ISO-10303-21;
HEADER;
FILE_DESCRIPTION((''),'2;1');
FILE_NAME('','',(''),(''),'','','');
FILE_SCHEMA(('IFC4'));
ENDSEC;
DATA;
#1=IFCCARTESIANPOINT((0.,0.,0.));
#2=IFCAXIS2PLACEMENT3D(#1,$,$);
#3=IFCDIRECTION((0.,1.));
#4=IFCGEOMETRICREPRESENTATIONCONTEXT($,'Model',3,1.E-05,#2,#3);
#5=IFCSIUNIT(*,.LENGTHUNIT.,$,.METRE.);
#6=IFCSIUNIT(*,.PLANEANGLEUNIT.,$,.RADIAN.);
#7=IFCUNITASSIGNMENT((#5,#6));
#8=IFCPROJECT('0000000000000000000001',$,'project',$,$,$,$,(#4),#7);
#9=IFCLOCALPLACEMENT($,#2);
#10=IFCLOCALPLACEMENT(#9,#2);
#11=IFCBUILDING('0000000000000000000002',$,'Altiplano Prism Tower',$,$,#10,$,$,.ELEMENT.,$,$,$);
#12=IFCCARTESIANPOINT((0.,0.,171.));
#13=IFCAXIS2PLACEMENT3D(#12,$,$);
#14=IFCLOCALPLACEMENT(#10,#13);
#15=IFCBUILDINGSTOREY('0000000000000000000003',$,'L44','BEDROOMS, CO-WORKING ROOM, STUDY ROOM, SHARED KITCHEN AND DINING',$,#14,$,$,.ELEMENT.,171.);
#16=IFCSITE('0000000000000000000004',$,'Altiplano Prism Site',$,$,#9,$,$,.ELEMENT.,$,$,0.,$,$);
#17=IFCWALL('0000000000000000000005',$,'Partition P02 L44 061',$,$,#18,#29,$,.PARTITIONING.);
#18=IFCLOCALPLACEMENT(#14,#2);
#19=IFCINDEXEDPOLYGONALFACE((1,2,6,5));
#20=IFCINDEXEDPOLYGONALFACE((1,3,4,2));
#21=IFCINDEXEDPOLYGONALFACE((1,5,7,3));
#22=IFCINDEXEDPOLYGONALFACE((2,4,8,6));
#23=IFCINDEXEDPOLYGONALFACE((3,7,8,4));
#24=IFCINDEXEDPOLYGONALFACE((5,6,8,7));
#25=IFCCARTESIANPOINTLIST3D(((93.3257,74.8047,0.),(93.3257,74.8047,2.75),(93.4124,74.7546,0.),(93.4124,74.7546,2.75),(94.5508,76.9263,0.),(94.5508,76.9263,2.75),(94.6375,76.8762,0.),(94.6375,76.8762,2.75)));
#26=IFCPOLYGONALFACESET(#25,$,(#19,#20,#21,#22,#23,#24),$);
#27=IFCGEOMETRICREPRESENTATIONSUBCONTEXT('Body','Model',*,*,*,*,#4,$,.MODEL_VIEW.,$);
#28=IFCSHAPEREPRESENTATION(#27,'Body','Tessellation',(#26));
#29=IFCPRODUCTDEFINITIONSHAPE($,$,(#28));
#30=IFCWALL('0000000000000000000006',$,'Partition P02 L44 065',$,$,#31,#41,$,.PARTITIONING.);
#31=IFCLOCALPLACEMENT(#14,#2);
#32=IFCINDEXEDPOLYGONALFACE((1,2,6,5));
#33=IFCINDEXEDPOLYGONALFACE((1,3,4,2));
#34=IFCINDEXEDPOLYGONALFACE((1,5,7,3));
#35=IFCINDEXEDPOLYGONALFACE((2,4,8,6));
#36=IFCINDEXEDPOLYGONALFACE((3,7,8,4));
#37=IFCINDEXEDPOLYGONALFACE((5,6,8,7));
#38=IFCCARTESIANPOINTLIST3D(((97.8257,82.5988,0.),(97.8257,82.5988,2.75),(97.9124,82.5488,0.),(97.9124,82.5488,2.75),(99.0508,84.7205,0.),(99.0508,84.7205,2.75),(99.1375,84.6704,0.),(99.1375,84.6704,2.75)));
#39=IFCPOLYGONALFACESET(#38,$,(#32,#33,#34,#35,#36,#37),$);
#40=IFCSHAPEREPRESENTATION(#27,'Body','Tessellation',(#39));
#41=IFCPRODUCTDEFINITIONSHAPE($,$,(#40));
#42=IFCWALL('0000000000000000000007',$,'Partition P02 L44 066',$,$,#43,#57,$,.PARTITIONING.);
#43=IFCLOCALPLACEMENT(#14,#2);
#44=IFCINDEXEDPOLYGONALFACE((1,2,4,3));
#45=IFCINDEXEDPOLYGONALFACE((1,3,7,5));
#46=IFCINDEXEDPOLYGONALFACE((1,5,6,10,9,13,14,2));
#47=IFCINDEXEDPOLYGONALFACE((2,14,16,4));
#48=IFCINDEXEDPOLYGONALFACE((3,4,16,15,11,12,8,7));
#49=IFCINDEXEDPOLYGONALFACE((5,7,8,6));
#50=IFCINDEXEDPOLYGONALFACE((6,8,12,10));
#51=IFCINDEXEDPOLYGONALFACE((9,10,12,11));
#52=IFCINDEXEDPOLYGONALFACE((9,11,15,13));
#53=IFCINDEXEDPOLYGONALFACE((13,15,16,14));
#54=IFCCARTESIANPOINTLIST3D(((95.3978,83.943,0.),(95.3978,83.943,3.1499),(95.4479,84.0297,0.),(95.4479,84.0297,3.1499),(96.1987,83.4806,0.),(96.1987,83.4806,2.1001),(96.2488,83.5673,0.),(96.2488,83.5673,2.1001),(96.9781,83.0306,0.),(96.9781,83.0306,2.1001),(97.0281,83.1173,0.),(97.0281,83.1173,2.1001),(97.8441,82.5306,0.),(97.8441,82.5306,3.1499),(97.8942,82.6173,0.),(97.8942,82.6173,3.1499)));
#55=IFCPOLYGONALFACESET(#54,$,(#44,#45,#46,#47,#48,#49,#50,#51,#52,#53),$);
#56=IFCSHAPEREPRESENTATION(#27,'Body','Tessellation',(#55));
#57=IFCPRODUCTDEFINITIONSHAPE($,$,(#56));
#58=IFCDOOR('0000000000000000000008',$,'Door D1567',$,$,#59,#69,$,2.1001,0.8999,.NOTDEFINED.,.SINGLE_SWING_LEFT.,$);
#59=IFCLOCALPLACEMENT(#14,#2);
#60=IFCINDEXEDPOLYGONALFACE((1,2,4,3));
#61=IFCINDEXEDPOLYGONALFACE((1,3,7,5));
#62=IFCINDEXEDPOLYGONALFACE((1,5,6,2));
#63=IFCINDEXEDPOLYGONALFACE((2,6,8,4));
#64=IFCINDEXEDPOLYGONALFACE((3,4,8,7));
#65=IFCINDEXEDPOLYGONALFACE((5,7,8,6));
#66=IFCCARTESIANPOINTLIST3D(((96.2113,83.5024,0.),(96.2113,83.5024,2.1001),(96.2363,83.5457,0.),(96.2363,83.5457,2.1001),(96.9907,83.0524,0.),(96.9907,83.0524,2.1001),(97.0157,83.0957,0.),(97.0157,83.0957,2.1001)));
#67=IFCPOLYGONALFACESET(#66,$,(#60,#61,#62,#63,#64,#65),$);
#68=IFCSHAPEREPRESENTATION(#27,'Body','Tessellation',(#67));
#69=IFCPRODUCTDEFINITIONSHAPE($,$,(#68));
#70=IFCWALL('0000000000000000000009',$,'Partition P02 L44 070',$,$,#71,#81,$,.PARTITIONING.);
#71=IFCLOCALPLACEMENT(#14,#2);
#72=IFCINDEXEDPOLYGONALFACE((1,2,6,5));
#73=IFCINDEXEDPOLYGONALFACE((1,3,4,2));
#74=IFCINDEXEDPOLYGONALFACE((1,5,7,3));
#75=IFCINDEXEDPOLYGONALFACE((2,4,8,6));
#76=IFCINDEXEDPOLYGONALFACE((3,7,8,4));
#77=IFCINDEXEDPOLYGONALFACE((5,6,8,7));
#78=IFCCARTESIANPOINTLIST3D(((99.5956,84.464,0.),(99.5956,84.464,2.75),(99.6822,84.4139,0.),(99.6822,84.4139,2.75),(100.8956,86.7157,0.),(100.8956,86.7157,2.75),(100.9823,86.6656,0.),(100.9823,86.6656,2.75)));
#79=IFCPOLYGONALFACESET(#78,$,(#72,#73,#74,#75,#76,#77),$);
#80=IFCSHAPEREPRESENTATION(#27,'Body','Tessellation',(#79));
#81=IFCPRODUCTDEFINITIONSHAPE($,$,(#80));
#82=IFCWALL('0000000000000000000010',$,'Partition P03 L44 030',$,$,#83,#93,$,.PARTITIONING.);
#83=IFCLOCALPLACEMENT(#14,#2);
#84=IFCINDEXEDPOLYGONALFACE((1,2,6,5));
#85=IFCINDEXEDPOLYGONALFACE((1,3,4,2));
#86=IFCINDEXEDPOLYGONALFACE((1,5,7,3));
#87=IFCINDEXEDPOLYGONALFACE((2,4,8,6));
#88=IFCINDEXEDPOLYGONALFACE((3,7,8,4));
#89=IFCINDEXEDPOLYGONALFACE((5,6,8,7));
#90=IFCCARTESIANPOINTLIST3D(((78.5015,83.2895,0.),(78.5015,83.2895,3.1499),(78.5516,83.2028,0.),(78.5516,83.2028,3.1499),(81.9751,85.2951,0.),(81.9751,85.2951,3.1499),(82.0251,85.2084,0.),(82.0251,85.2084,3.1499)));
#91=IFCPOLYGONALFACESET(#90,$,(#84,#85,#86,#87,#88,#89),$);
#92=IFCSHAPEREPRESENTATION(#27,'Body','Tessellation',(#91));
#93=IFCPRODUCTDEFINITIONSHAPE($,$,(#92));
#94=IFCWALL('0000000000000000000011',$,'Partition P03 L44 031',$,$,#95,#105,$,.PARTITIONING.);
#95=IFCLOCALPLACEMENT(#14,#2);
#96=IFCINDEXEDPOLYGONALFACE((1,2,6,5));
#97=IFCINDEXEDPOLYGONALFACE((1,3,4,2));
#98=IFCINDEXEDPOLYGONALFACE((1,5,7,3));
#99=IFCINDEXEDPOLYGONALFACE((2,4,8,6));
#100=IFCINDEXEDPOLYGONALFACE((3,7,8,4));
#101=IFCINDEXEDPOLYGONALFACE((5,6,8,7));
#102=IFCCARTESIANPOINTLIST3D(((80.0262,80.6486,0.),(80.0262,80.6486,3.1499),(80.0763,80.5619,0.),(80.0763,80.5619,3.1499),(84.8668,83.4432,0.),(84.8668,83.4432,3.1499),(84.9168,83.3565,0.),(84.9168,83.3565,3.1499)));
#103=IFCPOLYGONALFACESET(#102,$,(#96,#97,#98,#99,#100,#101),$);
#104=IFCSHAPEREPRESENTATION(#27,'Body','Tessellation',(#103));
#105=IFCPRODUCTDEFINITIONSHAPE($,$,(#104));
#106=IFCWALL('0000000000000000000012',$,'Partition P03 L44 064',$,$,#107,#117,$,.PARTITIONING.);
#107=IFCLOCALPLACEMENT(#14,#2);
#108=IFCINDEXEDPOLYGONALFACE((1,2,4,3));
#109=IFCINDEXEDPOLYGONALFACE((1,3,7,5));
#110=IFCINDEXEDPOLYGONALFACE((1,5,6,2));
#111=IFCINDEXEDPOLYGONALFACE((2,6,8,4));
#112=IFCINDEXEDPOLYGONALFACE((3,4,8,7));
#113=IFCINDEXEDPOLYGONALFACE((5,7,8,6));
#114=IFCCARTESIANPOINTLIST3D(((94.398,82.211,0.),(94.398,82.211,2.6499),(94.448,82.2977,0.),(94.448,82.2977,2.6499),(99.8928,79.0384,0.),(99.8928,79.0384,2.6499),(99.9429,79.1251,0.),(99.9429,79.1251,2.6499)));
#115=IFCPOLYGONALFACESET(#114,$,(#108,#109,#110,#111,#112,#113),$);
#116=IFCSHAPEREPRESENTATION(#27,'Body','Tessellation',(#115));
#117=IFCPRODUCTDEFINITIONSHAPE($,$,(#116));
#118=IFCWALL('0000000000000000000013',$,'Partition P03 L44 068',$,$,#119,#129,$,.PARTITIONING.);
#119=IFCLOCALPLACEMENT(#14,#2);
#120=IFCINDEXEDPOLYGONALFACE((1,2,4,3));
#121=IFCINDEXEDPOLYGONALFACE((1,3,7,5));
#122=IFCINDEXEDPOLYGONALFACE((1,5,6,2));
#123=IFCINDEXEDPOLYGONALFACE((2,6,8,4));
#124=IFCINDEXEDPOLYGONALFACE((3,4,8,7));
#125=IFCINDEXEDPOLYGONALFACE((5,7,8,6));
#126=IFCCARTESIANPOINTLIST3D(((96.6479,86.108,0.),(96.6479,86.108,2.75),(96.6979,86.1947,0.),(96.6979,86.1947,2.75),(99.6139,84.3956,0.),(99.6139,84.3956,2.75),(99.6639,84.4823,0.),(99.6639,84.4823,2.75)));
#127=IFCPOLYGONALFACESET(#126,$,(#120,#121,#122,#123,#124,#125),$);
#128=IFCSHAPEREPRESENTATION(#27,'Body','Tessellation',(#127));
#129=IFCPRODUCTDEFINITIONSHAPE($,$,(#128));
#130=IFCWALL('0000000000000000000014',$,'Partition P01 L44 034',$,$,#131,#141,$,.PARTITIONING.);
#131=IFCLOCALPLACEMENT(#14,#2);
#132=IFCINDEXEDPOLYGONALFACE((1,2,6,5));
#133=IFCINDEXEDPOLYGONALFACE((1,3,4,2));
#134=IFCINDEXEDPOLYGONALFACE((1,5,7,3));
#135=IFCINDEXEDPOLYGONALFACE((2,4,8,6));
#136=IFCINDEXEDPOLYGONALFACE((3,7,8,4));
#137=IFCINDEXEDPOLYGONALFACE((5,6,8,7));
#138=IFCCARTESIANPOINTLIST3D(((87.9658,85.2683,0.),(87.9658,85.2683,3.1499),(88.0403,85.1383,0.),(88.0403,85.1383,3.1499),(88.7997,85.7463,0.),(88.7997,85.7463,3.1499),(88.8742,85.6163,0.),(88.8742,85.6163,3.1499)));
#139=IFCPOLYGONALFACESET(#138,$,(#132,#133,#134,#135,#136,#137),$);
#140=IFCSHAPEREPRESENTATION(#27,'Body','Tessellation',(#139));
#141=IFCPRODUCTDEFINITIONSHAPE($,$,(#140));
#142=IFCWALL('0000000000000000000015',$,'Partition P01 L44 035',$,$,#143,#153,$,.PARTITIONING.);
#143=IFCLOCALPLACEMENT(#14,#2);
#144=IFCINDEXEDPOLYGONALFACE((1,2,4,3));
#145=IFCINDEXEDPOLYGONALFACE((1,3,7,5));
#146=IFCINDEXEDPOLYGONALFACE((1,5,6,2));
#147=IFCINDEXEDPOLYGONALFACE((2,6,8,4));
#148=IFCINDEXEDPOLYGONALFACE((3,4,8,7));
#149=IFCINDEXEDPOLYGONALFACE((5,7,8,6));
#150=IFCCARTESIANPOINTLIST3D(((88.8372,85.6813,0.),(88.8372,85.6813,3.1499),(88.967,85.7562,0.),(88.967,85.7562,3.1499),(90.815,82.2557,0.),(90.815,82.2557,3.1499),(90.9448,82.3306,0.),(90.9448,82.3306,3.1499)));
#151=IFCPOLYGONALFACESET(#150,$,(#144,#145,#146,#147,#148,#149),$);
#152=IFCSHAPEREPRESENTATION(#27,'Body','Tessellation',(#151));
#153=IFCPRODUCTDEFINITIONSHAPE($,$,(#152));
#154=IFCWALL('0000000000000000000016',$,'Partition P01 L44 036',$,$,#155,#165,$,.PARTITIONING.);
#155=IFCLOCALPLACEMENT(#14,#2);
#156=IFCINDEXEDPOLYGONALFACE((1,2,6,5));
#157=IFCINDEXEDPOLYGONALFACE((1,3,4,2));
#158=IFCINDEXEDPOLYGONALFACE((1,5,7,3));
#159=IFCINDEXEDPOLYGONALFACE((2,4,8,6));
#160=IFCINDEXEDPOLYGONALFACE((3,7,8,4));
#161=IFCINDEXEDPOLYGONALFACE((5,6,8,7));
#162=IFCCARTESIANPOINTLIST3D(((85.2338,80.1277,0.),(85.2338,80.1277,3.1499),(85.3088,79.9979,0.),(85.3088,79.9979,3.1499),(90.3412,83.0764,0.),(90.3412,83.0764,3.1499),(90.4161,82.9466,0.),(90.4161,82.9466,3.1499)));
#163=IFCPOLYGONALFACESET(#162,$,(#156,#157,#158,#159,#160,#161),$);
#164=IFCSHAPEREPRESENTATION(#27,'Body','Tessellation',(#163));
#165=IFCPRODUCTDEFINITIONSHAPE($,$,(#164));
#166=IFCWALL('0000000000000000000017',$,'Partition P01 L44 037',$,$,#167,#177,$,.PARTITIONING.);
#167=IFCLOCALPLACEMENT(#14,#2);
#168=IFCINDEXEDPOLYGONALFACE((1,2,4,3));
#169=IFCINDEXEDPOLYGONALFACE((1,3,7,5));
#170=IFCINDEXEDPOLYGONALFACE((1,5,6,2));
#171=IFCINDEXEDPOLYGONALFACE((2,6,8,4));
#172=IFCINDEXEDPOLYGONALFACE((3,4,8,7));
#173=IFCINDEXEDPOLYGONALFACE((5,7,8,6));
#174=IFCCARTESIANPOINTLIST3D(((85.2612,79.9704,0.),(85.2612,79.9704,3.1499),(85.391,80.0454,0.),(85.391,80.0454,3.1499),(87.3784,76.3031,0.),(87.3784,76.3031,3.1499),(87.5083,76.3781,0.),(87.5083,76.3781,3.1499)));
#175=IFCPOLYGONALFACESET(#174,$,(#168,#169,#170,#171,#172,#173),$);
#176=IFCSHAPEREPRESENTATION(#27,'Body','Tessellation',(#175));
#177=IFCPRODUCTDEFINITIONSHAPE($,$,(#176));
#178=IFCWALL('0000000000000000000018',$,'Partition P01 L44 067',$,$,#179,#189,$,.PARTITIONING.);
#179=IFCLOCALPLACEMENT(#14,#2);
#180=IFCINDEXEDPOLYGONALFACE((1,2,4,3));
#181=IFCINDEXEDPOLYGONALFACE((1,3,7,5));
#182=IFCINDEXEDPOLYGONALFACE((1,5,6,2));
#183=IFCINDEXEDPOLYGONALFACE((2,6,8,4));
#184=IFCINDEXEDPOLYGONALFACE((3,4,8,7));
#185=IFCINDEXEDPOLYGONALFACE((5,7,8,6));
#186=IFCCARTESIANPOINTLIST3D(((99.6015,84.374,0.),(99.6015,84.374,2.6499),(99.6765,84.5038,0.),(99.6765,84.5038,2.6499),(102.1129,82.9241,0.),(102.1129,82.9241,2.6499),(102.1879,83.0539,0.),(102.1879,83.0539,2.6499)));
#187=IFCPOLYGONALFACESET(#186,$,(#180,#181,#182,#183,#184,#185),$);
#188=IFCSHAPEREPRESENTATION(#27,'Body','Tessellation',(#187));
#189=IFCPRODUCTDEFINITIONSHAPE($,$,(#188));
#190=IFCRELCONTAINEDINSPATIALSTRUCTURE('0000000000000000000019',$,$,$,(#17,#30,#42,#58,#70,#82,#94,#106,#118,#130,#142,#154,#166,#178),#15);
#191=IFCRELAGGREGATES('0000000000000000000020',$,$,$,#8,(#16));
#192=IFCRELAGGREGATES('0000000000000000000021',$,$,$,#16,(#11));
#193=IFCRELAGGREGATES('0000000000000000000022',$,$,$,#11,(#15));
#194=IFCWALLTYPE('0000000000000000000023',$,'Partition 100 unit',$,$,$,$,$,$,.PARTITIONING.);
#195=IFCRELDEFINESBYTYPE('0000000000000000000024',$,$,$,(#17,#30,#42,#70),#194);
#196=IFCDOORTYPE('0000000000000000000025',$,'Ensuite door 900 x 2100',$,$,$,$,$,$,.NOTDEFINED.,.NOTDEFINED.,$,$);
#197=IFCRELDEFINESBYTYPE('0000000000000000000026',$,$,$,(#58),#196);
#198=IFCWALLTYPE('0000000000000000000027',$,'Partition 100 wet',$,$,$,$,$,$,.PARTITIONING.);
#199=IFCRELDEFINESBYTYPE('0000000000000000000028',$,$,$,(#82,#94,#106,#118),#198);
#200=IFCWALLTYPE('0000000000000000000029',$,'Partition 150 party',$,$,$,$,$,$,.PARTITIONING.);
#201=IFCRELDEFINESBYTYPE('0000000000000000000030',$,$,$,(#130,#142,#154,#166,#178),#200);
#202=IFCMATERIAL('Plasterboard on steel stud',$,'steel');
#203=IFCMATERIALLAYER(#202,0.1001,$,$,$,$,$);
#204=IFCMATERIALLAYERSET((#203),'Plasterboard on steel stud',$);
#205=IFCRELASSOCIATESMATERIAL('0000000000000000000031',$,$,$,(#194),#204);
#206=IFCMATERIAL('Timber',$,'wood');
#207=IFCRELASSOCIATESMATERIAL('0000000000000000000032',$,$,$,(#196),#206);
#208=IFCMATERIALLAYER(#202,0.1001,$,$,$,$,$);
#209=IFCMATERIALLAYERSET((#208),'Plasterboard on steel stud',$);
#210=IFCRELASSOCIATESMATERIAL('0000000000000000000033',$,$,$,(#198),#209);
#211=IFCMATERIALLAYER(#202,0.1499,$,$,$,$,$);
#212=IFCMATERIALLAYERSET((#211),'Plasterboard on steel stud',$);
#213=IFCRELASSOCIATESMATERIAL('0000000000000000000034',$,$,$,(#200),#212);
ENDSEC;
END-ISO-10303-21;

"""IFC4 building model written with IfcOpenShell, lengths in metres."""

from ifc_helpers import new_model, si_unit, direction, frame, frame_2d, origin, place, context, subcontext, project, spatial, rectangle, extrude, material, layer, layer_set, type_object, element, fill, save


model = new_model("IFC4")

# Units and contexts
model_context = context("Model", 3, precision=1e-05, world=origin(), true_north=direction((0.0, 1.0)))
body_context = subcontext(model_context, "Body", "Model", "MODEL_VIEW")
ifc_project = project(units=[si_unit("LENGTHUNIT", "METRE"), si_unit("PLANEANGLEUNIT", "RADIAN")], contexts=[model_context])

# Site, building, storey
site_placement = place(None, origin())
site = spatial("IfcSite", under=ifc_project, at=site_placement, Name="Altiplano Prism Site", CompositionType="ELEMENT", RefElevation=0.0)
building_placement = place(site_placement, origin())
building = spatial("IfcBuilding", under=site, at=building_placement, Name="Altiplano Prism Tower", CompositionType="ELEMENT")
storey_placement = place(building_placement, frame((0.0, 0.0, 171.0)))
storey = spatial("IfcBuildingStorey", under=building, at=storey_placement, Name="L44", Description="BEDROOMS, CO-WORKING ROOM, STUDY ROOM, SHARED KITCHEN AND DINING", CompositionType="ELEMENT", Elevation=171.0)

# Walls
ifc_material_1 = material(Name="Plasterboard on steel stud", Category="steel")
ifc_layer_1 = layer(ifc_material_1, 0.1001)
ifc_layer_set_1 = layer_set([ifc_layer_1], Name="Plasterboard on steel stud")
wall_type_1 = type_object("IfcWallType", Name="Partition 100 unit", PredefinedType="PARTITIONING", material=ifc_layer_set_1)
for number, where, z_axis, x_axis, name in (
    (1, (94.5942, 76.9014, 0.0), (0.0, 0.0, 1.0), (-0.500062, -0.86599, 0.0), "Partition P02 L44 061"),
    (2, (99.0942, 84.6956, 0.0), (0.0, 0.0, 1.0), (-0.500062, -0.86599, 0.0), "Partition P02 L44 065"),
):
    element("IfcWall", number, at=place(storey_placement, frame(where, z_axis=z_axis, x_axis=x_axis)), inside=storey, type_object=wall_type_1, Name=name, PredefinedType="PARTITIONING", context=body_context, shape_type="SweptSolid", body=[
        extrude(rectangle(XDim=2.45, YDim=0.1001, at=frame_2d((1.2251, 0.0))), origin(), (0.0, 0.0, 1.0), 2.75),
    ])

# Wall, opening, door
wall_1_placement = place(storey_placement, frame((97.8691, 82.574, 0.0), z_axis=(0.0, 0.0, 1.0), x_axis=(-0.866027, 0.499997, 0.0)))
wall_1 = element("IfcWall", 3, at=wall_1_placement, inside=storey, type_object=wall_type_1, Name="Partition P02 L44 066", PredefinedType="PARTITIONING", context=body_context, shape_type="SweptSolid", body=[
    extrude(rectangle(XDim=2.8247, YDim=0.1001, at=frame_2d((1.4124, 0.0))), origin(), (0.0, 0.0, 1.0), 3.1499),
])
opening_placement = place(wall_1_placement, frame((1.0, 0.0, 0.0)))
opening = element("IfcOpeningElement", 4, at=opening_placement, cuts=wall_1, PredefinedType="OPENING", context=body_context, shape_type="SweptSolid", body=[
    extrude(rectangle(XDim=0.8999, YDim=2.1001, at=frame_2d((0.45, 1.05))), frame((0.0, 0.0605, 0.0), z_axis=(0.0, -1.0, 0.0), x_axis=(1.0, 0.0, 0.0)), (0.0, 0.0, 1.0), 0.1211),
])
ifc_material_2 = material(Name="Timber", Category="wood")
door_type = type_object("IfcDoorType", Name="Ensuite door 900 x 2100", OperationType="NOTDEFINED", PredefinedType="NOTDEFINED", material=ifc_material_2)
door_placement = place(opening_placement, origin())
door = element("IfcDoor", 5, at=door_placement, inside=storey, type_object=door_type, Name="Door D1567", OperationType="SINGLE_SWING_LEFT", OverallHeight=2.1001, OverallWidth=0.8999, PredefinedType="NOTDEFINED", context=body_context, shape_type="SweptSolid", body=[
    extrude(rectangle(XDim=0.8999, YDim=2.1001, at=frame_2d((0.45, 1.05))), frame((0.0, 0.0249, 0.0), z_axis=(0.0, -1.0, 0.0), x_axis=(1.0, 0.0, 0.0)), (0.0, 0.0, 1.0), 0.05),
])
fill(opening, door)

# Walls
wall_2_placement = place(storey_placement, frame((100.939, 86.6907, 0.0), z_axis=(0.0, 0.0, 1.0), x_axis=(-0.500007, -0.866021, 0.0)))
element("IfcWall", 6, at=wall_2_placement, inside=storey, type_object=wall_type_1, Name="Partition P02 L44 070", PredefinedType="PARTITIONING", context=body_context, shape_type="SweptSolid", body=[
    extrude(rectangle(XDim=2.6001, YDim=0.1001, at=frame_2d((1.3, 0.0))), origin(), (0.0, 0.0, 1.0), 2.75),
])
ifc_layer_2 = layer(ifc_material_1, 0.1001)
ifc_layer_set_2 = layer_set([ifc_layer_2], Name="Plasterboard on steel stud")
wall_type_2 = type_object("IfcWallType", Name="Partition 100 wet", PredefinedType="PARTITIONING", material=ifc_layer_set_2)
wall_3_placement = place(storey_placement, frame((82.0, 85.2517, 0.0), z_axis=(0.0, 0.0, 1.0), x_axis=(-0.866013, -0.500021, 0.0)))
element("IfcWall", 7, at=wall_3_placement, inside=storey, type_object=wall_type_2, Name="Partition P03 L44 030", PredefinedType="PARTITIONING", context=body_context, shape_type="SweptSolid", body=[
    extrude(rectangle(XDim=4.011, YDim=0.1001, at=frame_2d((2.0054, 0.0))), origin(), (0.0, 0.0, 1.0), 3.1499),
])
wall_4_placement = place(storey_placement, frame((80.0513, 80.6052, 0.0), z_axis=(0.0, 0.0, 1.0), x_axis=(0.866028, 0.499996, 0.0)))
element("IfcWall", 8, at=wall_4_placement, inside=storey, type_object=wall_type_2, Name="Partition P03 L44 031", PredefinedType="PARTITIONING", context=body_context, shape_type="SweptSolid", body=[
    extrude(rectangle(XDim=5.5894, YDim=0.1001, at=frame_2d((2.7947, 0.0))), origin(), (0.0, 0.0, 1.0), 3.1499),
])
wall_5_placement = place(storey_placement, frame((99.9177, 79.0818, 0.0), z_axis=(0.0, 0.0, 1.0), x_axis=(-0.866016, 0.500017, 0.0)))
element("IfcWall", 9, at=wall_5_placement, inside=storey, type_object=wall_type_2, Name="Partition P03 L44 064", PredefinedType="PARTITIONING", context=body_context, shape_type="SweptSolid", body=[
    extrude(rectangle(XDim=6.345, YDim=0.1001, at=frame_2d((3.1724, 0.0))), origin(), (0.0, 0.0, 1.0), 2.6499),
])
wall_6_placement = place(storey_placement, frame((99.6389, 84.439, 0.0), z_axis=(0.0, 0.0, 1.0), x_axis=(-0.866032, 0.499988, 0.0)))
element("IfcWall", 10, at=wall_6_placement, inside=storey, type_object=wall_type_2, Name="Partition P03 L44 068", PredefinedType="PARTITIONING", context=body_context, shape_type="SweptSolid", body=[
    extrude(rectangle(XDim=3.4248, YDim=0.1001, at=frame_2d((1.7124, 0.0))), origin(), (0.0, 0.0, 1.0), 2.75),
])
ifc_layer_3 = layer(ifc_material_1, 0.1499)
ifc_layer_set_3 = layer_set([ifc_layer_3], Name="Plasterboard on steel stud")
wall_type_3 = type_object("IfcWallType", Name="Partition 150 party", PredefinedType="PARTITIONING", material=ifc_layer_set_3)
wall_7_placement = place(storey_placement, frame((88.0032, 85.2034, 0.0), z_axis=(0.0, 0.0, 1.0), x_axis=(0.867586, 0.497287, 0.0)))
element("IfcWall", 11, at=wall_7_placement, inside=storey, type_object=wall_type_3, Name="Partition P01 L44 034", PredefinedType="PARTITIONING", context=body_context, shape_type="SweptSolid", body=[
    extrude(rectangle(XDim=0.9612, YDim=0.1499, at=frame_2d((0.4805, 0.0))), origin(), (0.0, 0.0, 1.0), 3.1499),
])
wall_8_placement = place(storey_placement, frame((88.9021, 85.7188, 0.0), z_axis=(0.0, 0.0, 1.0), x_axis=(0.500009, -0.86602, 0.0)))
element("IfcWall", 12, at=wall_8_placement, inside=storey, type_object=wall_type_3, Name="Partition P01 L44 035", PredefinedType="PARTITIONING", context=body_context, shape_type="SweptSolid", body=[
    extrude(rectangle(XDim=3.9556, YDim=0.1499, at=frame_2d((1.9778, 0.0))), origin(), (0.0, 0.0, 1.0), 3.1499),
])
wall_9_placement = place(storey_placement, frame((90.3787, 83.0115, 0.0), z_axis=(0.0, 0.0, 1.0), x_axis=(-0.866028, -0.499995, 0.0)))
element("IfcWall", 13, at=wall_9_placement, inside=storey, type_object=wall_type_3, Name="Partition P01 L44 036", PredefinedType="PARTITIONING", context=body_context, shape_type="SweptSolid", body=[
    extrude(rectangle(XDim=5.8975, YDim=0.1499, at=frame_2d((2.9487, 0.0))), origin(), (0.0, 0.0, 1.0), 3.1499),
])
wall_10_placement = place(storey_placement, frame((85.3262, 80.0078, 0.0), z_axis=(0.0, 0.0, 1.0), x_axis=(0.499984, -0.866035, 0.0)))
element("IfcWall", 14, at=wall_10_placement, inside=storey, type_object=wall_type_3, Name="Partition P01 L44 037", PredefinedType="PARTITIONING", context=body_context, shape_type="SweptSolid", body=[
    extrude(rectangle(XDim=4.2346, YDim=0.1499, at=frame_2d((2.1172, 0.0))), origin(), (0.0, 0.0, 1.0), 3.1499),
])
wall_11_placement = place(storey_placement, frame((102.1504, 82.989, 0.0), z_axis=(0.0, 0.0, 1.0), x_axis=(-0.866033, 0.499987, 0.0)))
element("IfcWall", 15, at=wall_11_placement, inside=storey, type_object=wall_type_3, Name="Partition P01 L44 067", PredefinedType="PARTITIONING", context=body_context, shape_type="SweptSolid", body=[
    extrude(rectangle(XDim=2.8999, YDim=0.1499, at=frame_2d((1.45, 0.0))), origin(), (0.0, 0.0, 1.0), 2.6499),
])

save(model, "model.ifc")
